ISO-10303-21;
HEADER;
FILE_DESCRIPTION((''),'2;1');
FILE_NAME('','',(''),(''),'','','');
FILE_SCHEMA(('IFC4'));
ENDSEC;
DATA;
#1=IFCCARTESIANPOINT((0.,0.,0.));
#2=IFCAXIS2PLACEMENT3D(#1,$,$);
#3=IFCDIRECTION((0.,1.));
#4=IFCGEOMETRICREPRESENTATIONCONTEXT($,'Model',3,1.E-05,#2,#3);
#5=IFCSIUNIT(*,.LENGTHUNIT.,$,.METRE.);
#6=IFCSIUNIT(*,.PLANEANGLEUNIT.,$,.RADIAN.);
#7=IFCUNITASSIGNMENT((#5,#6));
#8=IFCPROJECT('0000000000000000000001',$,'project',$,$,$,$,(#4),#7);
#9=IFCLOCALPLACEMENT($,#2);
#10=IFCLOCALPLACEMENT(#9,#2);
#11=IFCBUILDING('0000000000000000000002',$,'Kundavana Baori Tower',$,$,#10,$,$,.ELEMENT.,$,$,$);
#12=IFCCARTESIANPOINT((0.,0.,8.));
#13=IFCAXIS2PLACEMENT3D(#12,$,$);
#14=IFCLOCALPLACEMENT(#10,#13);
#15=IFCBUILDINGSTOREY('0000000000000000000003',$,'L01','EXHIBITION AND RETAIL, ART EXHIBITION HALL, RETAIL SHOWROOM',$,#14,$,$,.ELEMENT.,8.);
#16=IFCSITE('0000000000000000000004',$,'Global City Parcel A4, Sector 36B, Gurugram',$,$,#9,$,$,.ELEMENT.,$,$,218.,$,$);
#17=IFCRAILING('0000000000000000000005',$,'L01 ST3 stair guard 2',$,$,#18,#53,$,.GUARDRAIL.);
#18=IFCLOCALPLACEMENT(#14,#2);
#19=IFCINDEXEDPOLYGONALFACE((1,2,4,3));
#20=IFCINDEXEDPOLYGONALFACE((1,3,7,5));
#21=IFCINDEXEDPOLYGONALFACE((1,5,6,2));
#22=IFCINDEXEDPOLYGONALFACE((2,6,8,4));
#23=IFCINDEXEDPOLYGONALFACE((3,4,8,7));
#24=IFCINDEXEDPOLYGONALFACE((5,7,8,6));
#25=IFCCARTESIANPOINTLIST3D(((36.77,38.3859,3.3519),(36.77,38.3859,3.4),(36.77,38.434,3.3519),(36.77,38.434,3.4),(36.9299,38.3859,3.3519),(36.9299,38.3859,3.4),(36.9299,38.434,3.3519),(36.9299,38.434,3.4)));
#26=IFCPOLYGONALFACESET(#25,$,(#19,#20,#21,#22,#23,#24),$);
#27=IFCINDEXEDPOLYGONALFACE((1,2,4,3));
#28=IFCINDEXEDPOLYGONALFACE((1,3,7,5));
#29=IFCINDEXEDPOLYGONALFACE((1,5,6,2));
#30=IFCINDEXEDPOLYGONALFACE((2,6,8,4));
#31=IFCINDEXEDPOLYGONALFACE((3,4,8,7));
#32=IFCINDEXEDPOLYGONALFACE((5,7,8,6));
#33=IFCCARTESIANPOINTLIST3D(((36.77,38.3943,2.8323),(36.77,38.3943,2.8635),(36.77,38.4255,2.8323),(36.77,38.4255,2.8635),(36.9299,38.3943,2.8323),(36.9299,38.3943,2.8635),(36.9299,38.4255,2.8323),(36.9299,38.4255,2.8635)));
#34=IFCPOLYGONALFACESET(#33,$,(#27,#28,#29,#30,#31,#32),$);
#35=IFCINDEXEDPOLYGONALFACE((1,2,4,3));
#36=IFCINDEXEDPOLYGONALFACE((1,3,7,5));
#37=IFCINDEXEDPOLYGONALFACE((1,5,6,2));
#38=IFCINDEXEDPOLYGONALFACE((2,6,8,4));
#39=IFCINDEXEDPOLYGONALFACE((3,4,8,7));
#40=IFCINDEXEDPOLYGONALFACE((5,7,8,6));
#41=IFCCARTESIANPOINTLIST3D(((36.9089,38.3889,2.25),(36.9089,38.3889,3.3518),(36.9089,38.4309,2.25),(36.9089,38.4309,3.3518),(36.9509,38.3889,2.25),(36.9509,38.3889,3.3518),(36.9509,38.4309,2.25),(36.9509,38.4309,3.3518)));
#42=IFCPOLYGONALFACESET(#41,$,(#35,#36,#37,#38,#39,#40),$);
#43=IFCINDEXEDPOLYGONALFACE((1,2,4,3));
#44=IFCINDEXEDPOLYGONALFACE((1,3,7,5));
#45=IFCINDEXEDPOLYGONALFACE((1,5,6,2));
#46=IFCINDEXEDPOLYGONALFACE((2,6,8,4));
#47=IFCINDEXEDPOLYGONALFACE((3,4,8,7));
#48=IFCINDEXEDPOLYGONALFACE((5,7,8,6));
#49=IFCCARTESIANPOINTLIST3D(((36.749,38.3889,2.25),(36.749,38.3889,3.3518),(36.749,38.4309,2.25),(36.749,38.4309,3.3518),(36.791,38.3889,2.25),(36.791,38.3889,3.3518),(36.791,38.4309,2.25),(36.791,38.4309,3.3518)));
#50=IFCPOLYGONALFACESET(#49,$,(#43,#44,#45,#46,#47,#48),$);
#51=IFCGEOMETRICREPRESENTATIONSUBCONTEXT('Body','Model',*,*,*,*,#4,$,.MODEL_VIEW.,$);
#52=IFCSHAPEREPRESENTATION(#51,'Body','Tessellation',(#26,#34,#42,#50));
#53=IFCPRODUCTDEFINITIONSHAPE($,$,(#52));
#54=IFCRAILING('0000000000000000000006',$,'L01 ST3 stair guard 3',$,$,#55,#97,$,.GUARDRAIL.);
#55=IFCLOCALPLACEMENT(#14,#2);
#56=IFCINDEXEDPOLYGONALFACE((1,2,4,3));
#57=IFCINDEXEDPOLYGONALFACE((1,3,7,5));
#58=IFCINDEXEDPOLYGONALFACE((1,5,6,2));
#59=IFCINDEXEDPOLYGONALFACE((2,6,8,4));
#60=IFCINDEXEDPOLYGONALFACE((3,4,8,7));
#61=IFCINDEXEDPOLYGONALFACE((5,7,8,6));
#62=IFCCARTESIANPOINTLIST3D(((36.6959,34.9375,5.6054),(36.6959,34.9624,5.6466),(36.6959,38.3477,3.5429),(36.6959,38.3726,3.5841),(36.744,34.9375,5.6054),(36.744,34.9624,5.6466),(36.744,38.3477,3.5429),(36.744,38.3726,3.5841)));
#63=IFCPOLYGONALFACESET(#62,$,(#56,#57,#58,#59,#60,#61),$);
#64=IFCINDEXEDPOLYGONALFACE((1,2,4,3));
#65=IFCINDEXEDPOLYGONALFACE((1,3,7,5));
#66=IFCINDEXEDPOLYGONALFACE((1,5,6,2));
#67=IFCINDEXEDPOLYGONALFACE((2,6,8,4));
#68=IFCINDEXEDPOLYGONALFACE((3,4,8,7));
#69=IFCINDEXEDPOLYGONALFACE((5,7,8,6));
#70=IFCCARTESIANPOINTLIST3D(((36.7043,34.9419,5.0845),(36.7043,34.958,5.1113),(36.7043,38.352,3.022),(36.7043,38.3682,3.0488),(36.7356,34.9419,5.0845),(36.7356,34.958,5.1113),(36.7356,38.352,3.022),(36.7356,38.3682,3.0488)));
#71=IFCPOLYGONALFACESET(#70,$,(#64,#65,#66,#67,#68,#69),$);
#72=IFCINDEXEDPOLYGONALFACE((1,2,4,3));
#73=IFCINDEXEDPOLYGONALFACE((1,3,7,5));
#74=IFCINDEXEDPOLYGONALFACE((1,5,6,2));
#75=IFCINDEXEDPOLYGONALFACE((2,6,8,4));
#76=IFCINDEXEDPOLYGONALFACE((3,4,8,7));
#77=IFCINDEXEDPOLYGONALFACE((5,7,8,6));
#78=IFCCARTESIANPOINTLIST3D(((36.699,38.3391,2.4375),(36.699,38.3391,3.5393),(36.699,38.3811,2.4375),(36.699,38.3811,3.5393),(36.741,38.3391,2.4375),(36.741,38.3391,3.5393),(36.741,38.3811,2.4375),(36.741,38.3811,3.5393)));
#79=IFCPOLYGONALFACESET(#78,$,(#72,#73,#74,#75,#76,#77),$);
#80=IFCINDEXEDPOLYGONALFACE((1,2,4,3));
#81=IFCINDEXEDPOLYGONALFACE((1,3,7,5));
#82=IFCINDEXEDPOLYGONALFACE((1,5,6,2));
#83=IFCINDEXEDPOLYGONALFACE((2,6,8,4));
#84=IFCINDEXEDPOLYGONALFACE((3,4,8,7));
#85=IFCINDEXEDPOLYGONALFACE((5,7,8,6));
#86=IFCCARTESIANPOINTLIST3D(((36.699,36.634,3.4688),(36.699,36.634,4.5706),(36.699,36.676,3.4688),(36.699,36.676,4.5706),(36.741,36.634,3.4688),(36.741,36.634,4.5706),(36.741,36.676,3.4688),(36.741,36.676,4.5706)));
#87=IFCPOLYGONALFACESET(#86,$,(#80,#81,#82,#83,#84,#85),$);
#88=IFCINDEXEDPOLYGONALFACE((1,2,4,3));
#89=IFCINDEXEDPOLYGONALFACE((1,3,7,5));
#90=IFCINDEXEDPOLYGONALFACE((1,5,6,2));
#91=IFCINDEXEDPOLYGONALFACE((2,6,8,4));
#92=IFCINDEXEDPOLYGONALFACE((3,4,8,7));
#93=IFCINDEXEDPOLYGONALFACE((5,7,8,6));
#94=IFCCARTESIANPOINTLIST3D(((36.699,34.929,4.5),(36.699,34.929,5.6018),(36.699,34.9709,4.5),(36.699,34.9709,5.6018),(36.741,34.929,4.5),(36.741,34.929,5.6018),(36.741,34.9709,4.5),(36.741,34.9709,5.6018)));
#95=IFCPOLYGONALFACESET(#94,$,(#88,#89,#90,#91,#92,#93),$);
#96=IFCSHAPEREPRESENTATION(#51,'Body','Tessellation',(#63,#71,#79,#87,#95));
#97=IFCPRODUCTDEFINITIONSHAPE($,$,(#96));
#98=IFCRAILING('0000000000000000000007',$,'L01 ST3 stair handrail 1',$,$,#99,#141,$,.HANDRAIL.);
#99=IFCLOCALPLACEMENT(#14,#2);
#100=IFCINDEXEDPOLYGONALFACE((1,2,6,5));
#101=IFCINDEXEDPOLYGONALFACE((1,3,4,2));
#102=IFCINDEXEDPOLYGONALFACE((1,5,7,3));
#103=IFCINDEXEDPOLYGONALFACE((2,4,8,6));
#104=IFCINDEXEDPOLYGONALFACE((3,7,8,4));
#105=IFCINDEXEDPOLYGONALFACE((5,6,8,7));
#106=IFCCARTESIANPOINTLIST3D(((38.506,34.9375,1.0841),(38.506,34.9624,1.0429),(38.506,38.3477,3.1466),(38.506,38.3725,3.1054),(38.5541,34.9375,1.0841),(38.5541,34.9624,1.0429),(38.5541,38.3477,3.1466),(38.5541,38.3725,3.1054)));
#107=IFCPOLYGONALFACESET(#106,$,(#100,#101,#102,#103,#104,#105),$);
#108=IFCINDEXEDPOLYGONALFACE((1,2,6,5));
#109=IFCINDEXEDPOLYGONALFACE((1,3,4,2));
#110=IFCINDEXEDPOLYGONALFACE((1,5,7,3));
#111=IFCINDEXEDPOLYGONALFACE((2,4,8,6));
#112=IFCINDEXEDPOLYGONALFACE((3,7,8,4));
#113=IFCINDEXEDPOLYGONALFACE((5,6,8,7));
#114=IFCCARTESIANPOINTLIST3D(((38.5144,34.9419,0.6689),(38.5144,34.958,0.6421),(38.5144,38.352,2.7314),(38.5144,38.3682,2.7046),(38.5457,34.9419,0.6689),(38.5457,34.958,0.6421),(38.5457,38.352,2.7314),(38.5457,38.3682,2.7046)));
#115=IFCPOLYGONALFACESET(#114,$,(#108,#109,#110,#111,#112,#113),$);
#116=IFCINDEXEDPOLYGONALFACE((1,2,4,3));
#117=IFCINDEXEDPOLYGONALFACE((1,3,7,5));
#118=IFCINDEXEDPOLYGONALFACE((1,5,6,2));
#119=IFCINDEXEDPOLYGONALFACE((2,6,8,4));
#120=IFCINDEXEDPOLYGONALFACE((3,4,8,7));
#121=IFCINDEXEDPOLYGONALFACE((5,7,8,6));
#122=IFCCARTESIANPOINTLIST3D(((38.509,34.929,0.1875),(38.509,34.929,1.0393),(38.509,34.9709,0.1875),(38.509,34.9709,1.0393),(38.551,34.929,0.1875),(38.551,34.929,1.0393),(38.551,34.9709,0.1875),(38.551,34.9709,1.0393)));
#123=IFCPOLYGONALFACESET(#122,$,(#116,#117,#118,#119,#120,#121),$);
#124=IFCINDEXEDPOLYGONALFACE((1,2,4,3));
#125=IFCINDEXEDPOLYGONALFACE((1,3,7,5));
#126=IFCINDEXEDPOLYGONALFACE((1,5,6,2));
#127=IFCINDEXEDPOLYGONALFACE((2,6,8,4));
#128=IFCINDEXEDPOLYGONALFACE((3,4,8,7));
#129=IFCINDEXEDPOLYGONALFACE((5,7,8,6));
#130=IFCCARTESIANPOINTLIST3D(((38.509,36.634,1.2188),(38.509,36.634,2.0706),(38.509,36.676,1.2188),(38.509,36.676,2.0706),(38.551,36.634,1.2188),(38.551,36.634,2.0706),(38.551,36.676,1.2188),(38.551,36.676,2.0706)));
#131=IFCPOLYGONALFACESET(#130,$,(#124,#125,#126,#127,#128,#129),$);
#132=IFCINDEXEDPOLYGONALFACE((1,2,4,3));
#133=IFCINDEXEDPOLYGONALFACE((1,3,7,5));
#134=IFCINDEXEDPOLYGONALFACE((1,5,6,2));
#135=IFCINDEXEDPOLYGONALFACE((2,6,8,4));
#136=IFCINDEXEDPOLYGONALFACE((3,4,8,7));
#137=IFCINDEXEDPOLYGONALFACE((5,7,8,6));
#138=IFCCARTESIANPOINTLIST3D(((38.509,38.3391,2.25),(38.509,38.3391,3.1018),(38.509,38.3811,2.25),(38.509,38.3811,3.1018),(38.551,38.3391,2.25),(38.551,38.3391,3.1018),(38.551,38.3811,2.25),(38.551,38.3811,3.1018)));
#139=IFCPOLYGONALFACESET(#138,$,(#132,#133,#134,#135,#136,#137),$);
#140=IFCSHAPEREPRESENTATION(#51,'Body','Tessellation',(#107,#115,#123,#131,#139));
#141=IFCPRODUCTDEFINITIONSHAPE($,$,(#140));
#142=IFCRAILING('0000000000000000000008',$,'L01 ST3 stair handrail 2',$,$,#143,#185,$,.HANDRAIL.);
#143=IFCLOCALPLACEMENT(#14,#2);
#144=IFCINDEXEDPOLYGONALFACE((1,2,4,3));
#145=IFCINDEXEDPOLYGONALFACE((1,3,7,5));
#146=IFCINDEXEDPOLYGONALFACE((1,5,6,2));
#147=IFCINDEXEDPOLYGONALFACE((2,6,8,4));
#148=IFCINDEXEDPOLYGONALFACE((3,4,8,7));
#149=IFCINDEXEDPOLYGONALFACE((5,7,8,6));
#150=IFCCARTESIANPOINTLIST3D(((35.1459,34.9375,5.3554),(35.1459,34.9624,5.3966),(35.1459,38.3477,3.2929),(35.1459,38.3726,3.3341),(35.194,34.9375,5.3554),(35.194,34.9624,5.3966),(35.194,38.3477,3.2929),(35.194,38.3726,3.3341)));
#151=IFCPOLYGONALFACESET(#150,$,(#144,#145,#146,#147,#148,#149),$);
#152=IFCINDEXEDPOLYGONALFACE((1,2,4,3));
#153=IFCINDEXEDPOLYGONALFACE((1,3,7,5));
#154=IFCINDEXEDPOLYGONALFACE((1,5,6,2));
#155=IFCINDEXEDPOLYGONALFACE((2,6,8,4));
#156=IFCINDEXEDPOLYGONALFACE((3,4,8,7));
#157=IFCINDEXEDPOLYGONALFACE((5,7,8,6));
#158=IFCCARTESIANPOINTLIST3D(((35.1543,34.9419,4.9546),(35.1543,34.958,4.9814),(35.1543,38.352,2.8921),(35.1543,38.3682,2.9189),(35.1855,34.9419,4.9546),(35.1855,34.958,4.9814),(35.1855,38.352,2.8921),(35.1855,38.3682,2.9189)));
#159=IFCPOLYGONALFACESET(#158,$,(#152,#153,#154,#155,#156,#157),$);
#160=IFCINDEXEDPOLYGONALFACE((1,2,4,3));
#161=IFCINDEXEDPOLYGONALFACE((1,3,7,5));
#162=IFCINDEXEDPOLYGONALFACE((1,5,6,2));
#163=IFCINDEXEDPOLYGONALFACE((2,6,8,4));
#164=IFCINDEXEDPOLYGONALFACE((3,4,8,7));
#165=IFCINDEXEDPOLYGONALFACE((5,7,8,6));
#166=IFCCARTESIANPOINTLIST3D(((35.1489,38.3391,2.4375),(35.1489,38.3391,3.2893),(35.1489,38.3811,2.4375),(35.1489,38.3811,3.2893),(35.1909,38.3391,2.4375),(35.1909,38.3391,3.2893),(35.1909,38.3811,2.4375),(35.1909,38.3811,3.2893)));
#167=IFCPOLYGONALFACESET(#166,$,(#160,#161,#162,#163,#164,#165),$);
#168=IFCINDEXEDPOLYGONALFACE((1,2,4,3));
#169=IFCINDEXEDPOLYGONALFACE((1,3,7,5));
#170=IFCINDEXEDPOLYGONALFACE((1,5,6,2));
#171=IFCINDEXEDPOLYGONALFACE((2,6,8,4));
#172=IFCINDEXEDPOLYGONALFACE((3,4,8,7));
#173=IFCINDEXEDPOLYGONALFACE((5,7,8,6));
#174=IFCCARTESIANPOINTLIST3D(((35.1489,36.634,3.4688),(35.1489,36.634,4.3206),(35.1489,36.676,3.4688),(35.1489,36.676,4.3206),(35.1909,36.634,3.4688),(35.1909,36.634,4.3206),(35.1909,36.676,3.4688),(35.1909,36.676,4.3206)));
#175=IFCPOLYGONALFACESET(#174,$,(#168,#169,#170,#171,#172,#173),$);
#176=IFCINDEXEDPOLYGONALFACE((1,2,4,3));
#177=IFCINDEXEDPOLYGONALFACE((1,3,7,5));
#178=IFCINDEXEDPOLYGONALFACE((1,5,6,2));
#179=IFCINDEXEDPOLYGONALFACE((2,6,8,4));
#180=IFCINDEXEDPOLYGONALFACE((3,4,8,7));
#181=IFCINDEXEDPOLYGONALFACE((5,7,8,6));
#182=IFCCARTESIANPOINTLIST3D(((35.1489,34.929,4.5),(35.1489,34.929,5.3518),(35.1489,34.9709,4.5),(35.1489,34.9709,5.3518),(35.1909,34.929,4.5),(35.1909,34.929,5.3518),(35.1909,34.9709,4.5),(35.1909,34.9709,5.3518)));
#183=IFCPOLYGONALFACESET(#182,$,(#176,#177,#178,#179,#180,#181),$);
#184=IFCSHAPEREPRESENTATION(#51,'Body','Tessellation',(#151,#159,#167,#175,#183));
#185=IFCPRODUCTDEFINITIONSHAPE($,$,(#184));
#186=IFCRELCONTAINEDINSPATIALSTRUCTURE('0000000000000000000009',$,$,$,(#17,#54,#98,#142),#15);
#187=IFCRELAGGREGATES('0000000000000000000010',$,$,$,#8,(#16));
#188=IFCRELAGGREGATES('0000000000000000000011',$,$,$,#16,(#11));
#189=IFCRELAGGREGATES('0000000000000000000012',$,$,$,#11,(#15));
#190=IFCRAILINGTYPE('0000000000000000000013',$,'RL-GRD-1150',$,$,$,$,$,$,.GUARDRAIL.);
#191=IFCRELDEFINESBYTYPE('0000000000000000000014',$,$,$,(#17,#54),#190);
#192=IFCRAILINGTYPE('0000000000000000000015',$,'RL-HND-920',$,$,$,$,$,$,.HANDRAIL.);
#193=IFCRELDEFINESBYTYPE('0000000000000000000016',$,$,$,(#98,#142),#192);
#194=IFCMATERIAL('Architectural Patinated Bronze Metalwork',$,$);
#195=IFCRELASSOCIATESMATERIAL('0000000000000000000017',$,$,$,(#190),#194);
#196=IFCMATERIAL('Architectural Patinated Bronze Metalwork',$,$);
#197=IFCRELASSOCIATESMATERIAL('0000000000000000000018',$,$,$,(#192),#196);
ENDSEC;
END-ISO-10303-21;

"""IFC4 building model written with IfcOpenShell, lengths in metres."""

from ifc_helpers import new_model, si_unit, direction, frame, origin, origin_2d, place, context, subcontext, project, spatial, rectangle, extrude, material, type_object, element, save


model = new_model("IFC4")

# Units and contexts
model_context = context("Model", 3, precision=1e-05, world=origin(), true_north=direction((0.0, 1.0)))
body_context = subcontext(model_context, "Body", "Model", "MODEL_VIEW")
ifc_project = project(units=[si_unit("LENGTHUNIT", "METRE"), si_unit("PLANEANGLEUNIT", "RADIAN")], contexts=[model_context])

# Site, building, storey
site_placement = place(None, origin())
site = spatial("IfcSite", under=ifc_project, at=site_placement, Name="Global City Parcel A4, Sector 36B, Gurugram", CompositionType="ELEMENT", RefElevation=218.0)
building_placement = place(site_placement, origin())
building = spatial("IfcBuilding", under=site, at=building_placement, Name="Kundavana Baori Tower", CompositionType="ELEMENT")
storey_placement = place(building_placement, frame((0.0, 0.0, 8.0)))
storey = spatial("IfcBuildingStorey", under=building, at=storey_placement, Name="L01", Description="EXHIBITION AND RETAIL, ART EXHIBITION HALL, RETAIL SHOWROOM", CompositionType="ELEMENT", Elevation=8.0)

# Railings
ifc_material_1 = material(Name="Architectural Patinated Bronze Metalwork")
railing_type_1 = type_object("IfcRailingType", Name="RL-GRD-1150", PredefinedType="GUARDRAIL", material=ifc_material_1)
railing_1_placement = place(storey_placement, frame((36.9299, 38.4099, 2.25)))
element("IfcRailing", 1, at=railing_1_placement, inside=storey, type_object=railing_type_1, Name="L01 ST3 stair guard 2", PredefinedType="GUARDRAIL", context=body_context, shape_type="SweptSolid", body=[
    extrude(rectangle(XDim=0.0481, YDim=0.0481, at=origin_2d()), frame((0.0, 0.0, 1.126), z_axis=(-1.0, 0.0, 0.0), x_axis=(0.0, -1.0, 0.0)), (0.0, 0.0, 1.0), 0.1599),
    extrude(rectangle(XDim=0.0312, YDim=0.0312, at=origin_2d()), frame((0.0, 0.0, 0.5979), z_axis=(-1.0, 0.0, 0.0), x_axis=(0.0, -1.0, 0.0)), (0.0, 0.0, 1.0), 0.1599),
    extrude(rectangle(XDim=0.042, YDim=0.042, at=origin_2d()), origin(), (0.0, 0.0, 1.0), 1.1018),
    extrude(rectangle(XDim=0.042, YDim=0.042, at=origin_2d()), frame((-0.1599, 0.0, 0.0)), (0.0, 0.0, 1.0), 1.1018),
])
railing_2_placement = place(storey_placement, frame((36.72, 38.3601, 2.4375)))
element("IfcRailing", 2, at=railing_2_placement, inside=storey, type_object=railing_type_1, Name="L01 ST3 stair guard 3", PredefinedType="GUARDRAIL", context=body_context, shape_type="SweptSolid", body=[
    extrude(rectangle(XDim=0.0481, YDim=0.0481, at=origin_2d()), frame((0.0, 0.0, 1.126), z_axis=(0.0, -0.855671, 0.517519), x_axis=(1.0, 0.0, 0.0)), (0.0, 0.0, 1.0), 3.9854),
    extrude(rectangle(XDim=0.0312, YDim=0.0312, at=origin_2d()), frame((0.0, 0.0, 0.5979), z_axis=(0.0, -0.855671, 0.517519), x_axis=(1.0, 0.0, 0.0)), (0.0, 0.0, 1.0), 3.9854),
    extrude(rectangle(XDim=0.042, YDim=0.042, at=origin_2d()), origin(), (0.0, 0.0, 1.0), 1.1018),
    extrude(rectangle(XDim=0.042, YDim=0.042, at=origin_2d()), frame((0.0, -1.7051, 1.0312)), (0.0, 0.0, 1.0), 1.1018),
    extrude(rectangle(XDim=0.042, YDim=0.042, at=origin_2d()), frame((0.0, -3.4102, 2.0625)), (0.0, 0.0, 1.0), 1.1018),
])
ifc_material_2 = material(Name="Architectural Patinated Bronze Metalwork")
railing_type_2 = type_object("IfcRailingType", Name="RL-HND-920", PredefinedType="HANDRAIL", material=ifc_material_2)
railing_3_placement = place(storey_placement, frame((38.53, 34.95, 0.1875)))
element("IfcRailing", 3, at=railing_3_placement, inside=storey, type_object=railing_type_2, Name="L01 ST3 stair handrail 1", PredefinedType="HANDRAIL", context=body_context, shape_type="SweptSolid", body=[
    extrude(rectangle(XDim=0.0481, YDim=0.0481, at=origin_2d()), frame((0.0, 0.0, 0.876), z_axis=(0.0, 0.855671, 0.517519), x_axis=(-1.0, 0.0, 0.0)), (0.0, 0.0, 1.0), 3.9854),
    extrude(rectangle(XDim=0.0312, YDim=0.0312, at=origin_2d()), frame((0.0, 0.0, 0.468), z_axis=(0.0, 0.855671, 0.517519), x_axis=(-1.0, 0.0, 0.0)), (0.0, 0.0, 1.0), 3.9854),
    extrude(rectangle(XDim=0.042, YDim=0.042, at=origin_2d()), origin(), (0.0, 0.0, 1.0), 0.8518),
    extrude(rectangle(XDim=0.042, YDim=0.042, at=origin_2d()), frame((0.0, 1.7051, 1.0312)), (0.0, 0.0, 1.0), 0.8518),
    extrude(rectangle(XDim=0.042, YDim=0.042, at=origin_2d()), frame((0.0, 3.4102, 2.0625)), (0.0, 0.0, 1.0), 0.8518),
])
railing_4_placement = place(storey_placement, frame((35.1699, 38.3601, 2.4375)))
element("IfcRailing", 4, at=railing_4_placement, inside=storey, type_object=railing_type_2, Name="L01 ST3 stair handrail 2", PredefinedType="HANDRAIL", context=body_context, shape_type="SweptSolid", body=[
    extrude(rectangle(XDim=0.0481, YDim=0.0481, at=origin_2d()), frame((0.0, 0.0, 0.876), z_axis=(0.0, -0.855671, 0.517519), x_axis=(1.0, 0.0, 0.0)), (0.0, 0.0, 1.0), 3.9854),
    extrude(rectangle(XDim=0.0312, YDim=0.0312, at=origin_2d()), frame((0.0, 0.0, 0.468), z_axis=(0.0, -0.855671, 0.517519), x_axis=(1.0, 0.0, 0.0)), (0.0, 0.0, 1.0), 3.9854),
    extrude(rectangle(XDim=0.042, YDim=0.042, at=origin_2d()), origin(), (0.0, 0.0, 1.0), 0.8518),
    extrude(rectangle(XDim=0.042, YDim=0.042, at=origin_2d()), frame((0.0, -1.7051, 1.0312)), (0.0, 0.0, 1.0), 0.8518),
    extrude(rectangle(XDim=0.042, YDim=0.042, at=origin_2d()), frame((0.0, -3.4102, 2.0625)), (0.0, 0.0, 1.0), 0.8518),
])

save(model, "model.ifc")
